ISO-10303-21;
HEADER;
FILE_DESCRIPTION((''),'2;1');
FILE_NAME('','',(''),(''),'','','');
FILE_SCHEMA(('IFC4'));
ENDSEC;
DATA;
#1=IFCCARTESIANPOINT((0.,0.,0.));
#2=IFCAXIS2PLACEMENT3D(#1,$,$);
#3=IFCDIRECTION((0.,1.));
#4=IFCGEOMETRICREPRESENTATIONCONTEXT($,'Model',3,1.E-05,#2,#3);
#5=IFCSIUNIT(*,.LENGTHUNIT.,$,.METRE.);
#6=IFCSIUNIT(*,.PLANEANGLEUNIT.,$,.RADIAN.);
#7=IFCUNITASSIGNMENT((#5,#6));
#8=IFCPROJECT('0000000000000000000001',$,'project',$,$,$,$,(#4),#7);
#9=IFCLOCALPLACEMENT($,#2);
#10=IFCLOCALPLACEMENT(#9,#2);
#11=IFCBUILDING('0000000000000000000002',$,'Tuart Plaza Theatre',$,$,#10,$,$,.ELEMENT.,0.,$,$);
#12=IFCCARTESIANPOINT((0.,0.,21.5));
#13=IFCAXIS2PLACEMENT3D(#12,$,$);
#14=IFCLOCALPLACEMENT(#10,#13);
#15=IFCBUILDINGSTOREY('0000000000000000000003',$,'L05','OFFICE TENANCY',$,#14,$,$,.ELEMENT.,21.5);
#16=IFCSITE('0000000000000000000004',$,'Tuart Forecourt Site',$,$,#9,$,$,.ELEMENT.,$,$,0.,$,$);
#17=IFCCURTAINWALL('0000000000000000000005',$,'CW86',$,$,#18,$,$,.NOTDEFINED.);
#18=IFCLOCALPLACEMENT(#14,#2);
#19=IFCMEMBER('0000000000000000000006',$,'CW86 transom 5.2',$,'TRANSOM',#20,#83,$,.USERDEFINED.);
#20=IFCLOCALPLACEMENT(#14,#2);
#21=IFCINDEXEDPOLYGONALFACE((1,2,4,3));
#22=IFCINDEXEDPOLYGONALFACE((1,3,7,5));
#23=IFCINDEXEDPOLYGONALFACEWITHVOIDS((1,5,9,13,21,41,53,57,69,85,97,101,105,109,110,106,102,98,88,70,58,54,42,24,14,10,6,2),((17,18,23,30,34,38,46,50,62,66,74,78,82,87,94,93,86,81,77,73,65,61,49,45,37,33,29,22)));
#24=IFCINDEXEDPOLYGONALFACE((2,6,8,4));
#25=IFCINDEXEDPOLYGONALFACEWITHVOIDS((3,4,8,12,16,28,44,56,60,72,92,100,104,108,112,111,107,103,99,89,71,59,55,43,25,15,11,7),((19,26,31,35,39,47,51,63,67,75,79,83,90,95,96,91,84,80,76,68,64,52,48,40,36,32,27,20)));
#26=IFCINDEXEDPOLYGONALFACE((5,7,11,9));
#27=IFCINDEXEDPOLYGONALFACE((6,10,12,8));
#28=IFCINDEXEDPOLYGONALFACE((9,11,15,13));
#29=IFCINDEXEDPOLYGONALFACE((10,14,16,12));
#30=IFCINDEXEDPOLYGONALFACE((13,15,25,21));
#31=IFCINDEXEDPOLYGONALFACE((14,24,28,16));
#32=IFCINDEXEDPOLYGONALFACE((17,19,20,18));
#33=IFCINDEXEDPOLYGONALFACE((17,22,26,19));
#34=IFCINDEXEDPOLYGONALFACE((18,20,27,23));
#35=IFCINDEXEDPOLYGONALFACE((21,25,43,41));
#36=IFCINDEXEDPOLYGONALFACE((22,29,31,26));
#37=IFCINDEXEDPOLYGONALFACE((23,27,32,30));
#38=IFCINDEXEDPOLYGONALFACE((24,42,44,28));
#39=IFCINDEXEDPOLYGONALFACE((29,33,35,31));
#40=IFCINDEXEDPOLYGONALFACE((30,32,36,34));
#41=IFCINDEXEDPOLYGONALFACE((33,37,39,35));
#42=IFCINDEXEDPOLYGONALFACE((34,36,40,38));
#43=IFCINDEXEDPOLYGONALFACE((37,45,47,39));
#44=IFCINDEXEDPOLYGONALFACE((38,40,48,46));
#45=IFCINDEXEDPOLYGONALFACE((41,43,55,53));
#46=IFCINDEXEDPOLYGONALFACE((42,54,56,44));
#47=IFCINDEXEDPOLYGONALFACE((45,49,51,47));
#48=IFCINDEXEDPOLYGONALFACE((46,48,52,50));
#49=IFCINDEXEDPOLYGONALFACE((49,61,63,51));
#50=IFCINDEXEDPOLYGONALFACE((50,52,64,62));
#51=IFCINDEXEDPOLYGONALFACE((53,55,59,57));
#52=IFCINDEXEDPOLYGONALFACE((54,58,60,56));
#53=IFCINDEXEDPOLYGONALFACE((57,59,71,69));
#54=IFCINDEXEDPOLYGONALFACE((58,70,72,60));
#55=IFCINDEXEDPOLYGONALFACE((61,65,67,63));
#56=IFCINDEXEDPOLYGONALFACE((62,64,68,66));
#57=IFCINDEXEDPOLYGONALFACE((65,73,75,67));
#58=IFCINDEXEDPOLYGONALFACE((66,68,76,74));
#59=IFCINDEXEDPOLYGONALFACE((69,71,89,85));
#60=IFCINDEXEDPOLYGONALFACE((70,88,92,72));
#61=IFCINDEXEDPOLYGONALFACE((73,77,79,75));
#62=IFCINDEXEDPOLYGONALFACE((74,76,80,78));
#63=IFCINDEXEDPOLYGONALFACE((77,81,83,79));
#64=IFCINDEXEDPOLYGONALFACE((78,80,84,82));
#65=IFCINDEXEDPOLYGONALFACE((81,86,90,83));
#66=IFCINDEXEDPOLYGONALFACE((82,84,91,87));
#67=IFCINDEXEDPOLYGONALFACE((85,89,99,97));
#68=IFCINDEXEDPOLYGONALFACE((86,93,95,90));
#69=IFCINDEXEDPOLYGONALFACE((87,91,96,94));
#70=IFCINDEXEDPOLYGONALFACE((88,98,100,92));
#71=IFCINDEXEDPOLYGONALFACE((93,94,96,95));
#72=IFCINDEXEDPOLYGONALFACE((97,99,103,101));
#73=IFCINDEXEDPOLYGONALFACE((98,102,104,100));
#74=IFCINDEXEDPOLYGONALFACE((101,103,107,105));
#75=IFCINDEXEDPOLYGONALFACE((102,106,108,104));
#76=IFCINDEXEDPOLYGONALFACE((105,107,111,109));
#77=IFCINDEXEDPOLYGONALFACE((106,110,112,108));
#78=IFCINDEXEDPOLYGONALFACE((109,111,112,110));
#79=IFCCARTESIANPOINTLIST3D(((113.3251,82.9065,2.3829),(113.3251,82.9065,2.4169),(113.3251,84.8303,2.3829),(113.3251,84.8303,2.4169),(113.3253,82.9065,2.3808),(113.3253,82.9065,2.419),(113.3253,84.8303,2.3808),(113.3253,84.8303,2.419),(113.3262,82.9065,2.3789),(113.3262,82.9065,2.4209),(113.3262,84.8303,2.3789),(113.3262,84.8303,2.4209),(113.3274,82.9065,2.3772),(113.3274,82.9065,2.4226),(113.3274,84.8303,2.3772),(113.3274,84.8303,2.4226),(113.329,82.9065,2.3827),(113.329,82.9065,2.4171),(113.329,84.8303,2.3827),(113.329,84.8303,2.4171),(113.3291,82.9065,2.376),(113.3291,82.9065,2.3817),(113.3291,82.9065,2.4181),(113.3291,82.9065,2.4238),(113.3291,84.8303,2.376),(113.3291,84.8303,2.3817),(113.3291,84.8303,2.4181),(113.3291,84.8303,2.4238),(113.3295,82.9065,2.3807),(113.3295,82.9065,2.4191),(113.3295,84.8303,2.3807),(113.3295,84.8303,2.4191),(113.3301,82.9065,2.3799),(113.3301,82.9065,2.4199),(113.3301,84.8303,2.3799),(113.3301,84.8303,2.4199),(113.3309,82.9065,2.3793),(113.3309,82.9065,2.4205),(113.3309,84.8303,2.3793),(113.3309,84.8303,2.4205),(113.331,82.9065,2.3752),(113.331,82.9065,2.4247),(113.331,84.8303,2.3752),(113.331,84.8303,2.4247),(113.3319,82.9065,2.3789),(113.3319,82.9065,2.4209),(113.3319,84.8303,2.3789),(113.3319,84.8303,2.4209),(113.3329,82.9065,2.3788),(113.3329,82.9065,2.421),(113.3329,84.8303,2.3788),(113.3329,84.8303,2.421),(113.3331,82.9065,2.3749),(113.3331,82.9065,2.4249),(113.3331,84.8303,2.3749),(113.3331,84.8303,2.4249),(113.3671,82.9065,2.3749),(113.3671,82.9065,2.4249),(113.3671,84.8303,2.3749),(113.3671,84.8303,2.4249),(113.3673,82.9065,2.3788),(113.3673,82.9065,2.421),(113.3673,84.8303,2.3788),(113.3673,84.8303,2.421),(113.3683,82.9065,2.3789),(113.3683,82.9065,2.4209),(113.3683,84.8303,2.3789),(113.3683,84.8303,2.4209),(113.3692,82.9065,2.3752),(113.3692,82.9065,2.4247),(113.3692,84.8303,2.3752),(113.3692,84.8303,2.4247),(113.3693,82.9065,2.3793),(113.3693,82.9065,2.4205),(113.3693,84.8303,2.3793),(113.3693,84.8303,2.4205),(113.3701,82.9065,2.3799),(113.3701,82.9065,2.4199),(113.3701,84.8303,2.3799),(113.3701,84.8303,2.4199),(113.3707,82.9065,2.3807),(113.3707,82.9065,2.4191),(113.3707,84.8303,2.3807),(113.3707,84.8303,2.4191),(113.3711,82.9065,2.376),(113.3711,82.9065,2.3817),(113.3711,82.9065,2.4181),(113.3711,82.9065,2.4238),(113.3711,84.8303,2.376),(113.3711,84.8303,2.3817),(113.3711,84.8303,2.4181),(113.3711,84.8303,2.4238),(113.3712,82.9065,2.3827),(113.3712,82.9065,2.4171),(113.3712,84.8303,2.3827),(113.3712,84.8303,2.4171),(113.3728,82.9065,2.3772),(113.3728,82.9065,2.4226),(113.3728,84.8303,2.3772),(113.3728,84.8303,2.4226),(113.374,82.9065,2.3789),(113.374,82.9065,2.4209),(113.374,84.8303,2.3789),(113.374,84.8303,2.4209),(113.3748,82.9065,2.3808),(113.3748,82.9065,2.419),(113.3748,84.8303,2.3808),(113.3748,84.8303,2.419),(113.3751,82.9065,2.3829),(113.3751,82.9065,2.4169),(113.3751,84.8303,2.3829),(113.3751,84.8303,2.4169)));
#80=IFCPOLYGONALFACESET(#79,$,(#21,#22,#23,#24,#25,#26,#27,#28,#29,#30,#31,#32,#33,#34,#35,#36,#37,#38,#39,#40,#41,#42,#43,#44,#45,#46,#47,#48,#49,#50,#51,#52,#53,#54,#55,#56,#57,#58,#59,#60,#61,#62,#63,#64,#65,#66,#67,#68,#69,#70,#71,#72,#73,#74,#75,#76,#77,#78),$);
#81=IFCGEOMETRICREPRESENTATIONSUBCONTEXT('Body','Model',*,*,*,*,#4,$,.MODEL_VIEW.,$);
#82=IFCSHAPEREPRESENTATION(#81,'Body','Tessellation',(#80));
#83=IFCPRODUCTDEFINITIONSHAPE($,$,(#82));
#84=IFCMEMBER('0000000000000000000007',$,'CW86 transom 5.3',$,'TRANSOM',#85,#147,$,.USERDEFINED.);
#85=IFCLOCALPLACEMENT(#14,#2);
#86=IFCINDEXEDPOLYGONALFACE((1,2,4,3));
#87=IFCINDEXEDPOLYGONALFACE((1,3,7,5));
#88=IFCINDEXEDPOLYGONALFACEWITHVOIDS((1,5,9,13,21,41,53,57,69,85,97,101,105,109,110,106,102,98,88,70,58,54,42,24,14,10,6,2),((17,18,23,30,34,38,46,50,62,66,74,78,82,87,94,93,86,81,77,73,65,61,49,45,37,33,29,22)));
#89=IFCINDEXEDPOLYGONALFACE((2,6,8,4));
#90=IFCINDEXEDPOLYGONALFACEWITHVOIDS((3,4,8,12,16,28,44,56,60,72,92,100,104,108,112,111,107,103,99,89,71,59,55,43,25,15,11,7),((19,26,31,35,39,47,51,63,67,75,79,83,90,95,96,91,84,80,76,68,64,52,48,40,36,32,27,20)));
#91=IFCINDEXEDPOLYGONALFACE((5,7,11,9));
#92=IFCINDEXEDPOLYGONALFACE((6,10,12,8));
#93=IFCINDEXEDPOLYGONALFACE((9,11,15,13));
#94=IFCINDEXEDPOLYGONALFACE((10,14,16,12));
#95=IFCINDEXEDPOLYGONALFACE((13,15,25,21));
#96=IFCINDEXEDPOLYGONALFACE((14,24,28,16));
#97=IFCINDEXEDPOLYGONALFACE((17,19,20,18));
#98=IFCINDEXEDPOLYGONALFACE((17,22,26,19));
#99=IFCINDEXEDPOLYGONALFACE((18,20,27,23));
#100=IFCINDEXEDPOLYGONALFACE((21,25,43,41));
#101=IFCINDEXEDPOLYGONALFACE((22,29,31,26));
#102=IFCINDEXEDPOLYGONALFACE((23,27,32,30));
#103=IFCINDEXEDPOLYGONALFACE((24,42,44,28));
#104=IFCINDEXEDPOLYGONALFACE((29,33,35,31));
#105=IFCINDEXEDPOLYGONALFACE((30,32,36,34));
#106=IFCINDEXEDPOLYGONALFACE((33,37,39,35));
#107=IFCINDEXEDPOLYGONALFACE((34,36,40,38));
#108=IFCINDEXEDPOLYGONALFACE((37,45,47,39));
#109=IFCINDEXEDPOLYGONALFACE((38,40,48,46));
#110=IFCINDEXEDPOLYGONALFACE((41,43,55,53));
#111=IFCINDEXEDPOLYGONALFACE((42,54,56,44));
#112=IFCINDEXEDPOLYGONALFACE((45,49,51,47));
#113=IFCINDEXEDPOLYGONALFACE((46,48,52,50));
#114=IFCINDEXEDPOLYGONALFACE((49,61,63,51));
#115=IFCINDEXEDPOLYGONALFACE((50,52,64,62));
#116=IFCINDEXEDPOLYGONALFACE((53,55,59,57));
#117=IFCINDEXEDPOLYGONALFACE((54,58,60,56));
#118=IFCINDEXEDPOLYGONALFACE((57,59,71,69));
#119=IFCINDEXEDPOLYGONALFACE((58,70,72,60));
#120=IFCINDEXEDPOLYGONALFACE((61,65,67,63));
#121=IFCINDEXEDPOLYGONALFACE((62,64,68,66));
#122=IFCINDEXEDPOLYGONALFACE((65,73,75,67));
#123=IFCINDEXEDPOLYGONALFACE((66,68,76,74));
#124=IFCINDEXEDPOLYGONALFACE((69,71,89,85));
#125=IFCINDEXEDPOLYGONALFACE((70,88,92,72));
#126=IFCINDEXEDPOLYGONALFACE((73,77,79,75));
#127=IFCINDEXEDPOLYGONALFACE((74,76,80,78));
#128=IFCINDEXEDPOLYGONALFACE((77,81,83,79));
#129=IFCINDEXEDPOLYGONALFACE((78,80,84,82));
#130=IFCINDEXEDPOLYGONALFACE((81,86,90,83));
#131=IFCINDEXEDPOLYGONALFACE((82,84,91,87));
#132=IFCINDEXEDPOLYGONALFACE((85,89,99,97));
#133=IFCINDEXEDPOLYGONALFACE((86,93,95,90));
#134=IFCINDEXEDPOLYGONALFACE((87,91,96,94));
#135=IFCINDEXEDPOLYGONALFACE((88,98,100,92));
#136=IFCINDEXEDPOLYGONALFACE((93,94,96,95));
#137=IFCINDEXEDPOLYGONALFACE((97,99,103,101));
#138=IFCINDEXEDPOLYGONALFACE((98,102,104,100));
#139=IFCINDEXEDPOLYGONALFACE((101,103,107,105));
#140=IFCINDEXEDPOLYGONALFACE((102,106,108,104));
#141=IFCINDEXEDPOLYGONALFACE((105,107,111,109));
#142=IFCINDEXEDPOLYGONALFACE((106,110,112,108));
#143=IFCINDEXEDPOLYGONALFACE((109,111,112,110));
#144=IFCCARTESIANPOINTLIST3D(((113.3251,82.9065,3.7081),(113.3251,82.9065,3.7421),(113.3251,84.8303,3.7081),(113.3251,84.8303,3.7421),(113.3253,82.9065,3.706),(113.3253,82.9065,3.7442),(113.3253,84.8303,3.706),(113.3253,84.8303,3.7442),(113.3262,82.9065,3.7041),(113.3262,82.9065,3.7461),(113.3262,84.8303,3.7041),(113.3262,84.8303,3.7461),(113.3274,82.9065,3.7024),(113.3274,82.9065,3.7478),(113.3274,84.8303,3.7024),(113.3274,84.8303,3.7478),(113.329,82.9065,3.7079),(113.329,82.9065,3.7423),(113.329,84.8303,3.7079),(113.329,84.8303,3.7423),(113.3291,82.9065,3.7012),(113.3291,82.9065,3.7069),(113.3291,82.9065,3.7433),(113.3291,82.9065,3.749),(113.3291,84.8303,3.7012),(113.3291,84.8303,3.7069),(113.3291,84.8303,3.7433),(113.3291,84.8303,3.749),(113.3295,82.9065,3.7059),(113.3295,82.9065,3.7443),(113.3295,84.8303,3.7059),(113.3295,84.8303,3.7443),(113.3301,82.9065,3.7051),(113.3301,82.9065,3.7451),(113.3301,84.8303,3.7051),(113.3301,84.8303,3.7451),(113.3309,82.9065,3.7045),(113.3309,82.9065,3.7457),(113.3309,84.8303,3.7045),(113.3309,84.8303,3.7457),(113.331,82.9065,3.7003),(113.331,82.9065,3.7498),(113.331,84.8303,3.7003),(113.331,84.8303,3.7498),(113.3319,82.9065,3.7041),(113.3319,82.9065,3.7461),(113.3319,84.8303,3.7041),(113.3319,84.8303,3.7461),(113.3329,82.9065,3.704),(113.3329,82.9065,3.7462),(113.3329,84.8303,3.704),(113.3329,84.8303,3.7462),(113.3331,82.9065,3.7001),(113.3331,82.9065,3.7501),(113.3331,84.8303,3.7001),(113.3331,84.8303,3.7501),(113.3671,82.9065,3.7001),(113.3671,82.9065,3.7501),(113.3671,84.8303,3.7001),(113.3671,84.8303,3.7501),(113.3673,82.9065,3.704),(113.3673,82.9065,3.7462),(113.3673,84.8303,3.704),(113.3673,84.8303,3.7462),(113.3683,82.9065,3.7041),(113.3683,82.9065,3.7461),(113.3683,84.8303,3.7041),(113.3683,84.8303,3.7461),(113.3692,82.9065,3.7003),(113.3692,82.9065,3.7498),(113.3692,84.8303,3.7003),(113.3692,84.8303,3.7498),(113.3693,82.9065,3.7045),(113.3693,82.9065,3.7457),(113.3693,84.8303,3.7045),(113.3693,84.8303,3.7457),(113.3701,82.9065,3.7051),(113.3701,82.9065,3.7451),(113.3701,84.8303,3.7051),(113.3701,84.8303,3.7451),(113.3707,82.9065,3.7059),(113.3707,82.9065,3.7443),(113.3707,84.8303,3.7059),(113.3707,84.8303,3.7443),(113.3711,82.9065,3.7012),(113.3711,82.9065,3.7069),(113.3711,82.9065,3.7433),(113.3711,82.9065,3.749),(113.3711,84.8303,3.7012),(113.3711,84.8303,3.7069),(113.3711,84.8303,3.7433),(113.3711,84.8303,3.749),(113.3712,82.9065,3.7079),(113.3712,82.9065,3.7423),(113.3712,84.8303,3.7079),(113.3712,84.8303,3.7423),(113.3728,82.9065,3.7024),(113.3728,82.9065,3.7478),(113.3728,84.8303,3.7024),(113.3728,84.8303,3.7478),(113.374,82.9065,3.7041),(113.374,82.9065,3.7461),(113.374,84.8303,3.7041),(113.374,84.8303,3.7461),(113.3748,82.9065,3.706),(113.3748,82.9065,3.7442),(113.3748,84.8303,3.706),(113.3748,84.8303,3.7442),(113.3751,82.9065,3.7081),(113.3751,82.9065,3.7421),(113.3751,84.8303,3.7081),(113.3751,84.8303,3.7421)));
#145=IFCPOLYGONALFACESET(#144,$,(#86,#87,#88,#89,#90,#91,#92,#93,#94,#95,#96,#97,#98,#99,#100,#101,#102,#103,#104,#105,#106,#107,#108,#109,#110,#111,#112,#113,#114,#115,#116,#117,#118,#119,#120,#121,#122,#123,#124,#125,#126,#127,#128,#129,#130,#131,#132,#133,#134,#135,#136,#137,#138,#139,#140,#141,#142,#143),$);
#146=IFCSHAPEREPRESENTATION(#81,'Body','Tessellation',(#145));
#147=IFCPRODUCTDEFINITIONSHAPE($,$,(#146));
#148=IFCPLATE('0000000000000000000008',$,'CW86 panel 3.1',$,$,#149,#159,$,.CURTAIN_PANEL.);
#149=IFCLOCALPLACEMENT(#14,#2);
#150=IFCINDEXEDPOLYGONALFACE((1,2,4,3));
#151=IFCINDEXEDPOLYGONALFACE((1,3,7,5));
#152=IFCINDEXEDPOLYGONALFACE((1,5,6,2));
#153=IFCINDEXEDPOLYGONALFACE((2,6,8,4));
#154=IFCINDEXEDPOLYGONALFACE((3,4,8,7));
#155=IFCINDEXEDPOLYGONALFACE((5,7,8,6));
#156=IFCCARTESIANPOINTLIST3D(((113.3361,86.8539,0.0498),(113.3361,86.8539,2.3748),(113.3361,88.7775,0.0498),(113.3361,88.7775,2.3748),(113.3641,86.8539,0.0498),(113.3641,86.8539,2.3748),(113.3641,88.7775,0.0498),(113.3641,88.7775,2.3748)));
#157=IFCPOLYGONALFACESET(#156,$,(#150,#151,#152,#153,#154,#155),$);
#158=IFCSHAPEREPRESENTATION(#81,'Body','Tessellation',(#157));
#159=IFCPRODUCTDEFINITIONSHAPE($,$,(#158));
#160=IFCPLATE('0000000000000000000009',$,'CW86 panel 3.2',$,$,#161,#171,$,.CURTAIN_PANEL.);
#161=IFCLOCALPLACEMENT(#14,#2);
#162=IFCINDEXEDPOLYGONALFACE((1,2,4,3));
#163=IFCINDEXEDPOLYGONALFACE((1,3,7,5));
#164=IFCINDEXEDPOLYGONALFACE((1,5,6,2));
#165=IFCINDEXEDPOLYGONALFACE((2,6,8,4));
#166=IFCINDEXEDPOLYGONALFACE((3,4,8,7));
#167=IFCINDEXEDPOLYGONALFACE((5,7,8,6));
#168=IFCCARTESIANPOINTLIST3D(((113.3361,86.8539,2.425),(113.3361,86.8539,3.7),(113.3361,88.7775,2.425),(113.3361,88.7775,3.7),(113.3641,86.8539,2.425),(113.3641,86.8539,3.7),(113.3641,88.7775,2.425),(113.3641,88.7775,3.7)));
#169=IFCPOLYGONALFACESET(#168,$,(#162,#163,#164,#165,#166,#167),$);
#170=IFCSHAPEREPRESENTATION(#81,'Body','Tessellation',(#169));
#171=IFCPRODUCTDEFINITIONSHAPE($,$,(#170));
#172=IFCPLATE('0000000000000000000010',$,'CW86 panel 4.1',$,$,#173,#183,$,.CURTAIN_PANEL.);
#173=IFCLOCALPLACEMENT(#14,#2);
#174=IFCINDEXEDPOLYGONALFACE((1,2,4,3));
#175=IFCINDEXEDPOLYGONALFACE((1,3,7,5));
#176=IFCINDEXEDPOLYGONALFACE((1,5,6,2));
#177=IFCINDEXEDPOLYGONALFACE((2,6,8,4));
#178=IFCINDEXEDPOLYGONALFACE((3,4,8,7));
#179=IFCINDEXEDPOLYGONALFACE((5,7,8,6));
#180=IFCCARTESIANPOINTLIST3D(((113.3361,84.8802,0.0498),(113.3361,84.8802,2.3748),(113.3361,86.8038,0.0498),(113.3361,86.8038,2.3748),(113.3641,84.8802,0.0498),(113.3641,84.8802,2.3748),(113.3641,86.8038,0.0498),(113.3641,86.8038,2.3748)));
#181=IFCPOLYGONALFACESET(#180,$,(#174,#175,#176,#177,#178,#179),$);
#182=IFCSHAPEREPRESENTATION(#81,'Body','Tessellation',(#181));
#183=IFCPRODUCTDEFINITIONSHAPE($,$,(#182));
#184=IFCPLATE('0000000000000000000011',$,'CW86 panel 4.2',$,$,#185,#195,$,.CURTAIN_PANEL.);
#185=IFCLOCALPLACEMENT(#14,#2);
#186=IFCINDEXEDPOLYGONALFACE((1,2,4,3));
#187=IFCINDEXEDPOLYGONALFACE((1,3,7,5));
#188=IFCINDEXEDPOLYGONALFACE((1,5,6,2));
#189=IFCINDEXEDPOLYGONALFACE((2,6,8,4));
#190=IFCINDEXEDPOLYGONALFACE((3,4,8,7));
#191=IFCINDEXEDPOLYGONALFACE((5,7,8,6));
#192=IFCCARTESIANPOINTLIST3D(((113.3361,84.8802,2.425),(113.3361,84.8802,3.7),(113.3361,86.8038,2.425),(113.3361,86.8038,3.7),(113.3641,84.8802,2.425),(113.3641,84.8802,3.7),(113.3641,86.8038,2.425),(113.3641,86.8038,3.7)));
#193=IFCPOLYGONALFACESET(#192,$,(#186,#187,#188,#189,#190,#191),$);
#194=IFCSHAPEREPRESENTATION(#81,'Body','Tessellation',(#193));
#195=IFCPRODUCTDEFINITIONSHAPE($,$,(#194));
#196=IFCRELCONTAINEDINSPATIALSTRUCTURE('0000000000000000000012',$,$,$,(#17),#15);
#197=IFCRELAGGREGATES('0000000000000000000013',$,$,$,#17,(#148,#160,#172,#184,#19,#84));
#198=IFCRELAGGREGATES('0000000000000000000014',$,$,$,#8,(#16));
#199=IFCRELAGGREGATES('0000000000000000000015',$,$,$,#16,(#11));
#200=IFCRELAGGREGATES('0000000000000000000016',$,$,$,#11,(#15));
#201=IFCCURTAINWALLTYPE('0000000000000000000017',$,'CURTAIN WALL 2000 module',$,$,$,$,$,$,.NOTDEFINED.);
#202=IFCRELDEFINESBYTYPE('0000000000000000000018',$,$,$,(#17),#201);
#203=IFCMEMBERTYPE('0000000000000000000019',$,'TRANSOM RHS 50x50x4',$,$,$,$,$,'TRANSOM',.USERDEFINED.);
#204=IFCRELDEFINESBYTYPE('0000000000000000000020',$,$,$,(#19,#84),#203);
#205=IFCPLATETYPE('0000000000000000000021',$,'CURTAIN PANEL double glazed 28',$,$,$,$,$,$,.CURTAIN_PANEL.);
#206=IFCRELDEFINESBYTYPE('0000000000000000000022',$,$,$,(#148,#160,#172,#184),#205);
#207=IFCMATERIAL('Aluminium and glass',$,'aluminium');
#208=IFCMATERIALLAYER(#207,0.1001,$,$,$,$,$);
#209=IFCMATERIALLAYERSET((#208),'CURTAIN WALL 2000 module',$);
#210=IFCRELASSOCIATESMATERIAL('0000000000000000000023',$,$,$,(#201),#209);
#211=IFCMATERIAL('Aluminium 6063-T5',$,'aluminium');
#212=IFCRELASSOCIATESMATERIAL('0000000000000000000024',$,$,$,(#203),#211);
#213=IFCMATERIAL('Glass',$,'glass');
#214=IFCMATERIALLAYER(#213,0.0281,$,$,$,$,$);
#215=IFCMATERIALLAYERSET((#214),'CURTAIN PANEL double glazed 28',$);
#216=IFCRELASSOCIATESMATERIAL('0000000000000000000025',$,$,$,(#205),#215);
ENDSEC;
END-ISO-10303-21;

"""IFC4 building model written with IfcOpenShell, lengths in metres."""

from ifc_helpers import new_model, si_unit, direction, frame, origin, origin_2d, place, context, subcontext, project, spatial, rectangle, hollow_rectangle, extrude, material, layer, layer_set, material_profile, profile_set, type_object, element, aggregate, save


model = new_model("IFC4")

# Units and contexts
model_context = context("Model", 3, precision=1e-05, world=origin(), true_north=direction((0.0, 1.0)))
body_context = subcontext(model_context, "Body", "Model", "MODEL_VIEW")
ifc_project = project(units=[si_unit("LENGTHUNIT", "METRE"), si_unit("PLANEANGLEUNIT", "RADIAN")], contexts=[model_context])

# Site, building, storey
site_placement = place(None, origin())
site = spatial("IfcSite", under=ifc_project, at=site_placement, Name="Tuart Forecourt Site", CompositionType="ELEMENT", RefElevation=0.0)
building_placement = place(site_placement, origin())
building = spatial("IfcBuilding", under=site, at=building_placement, Name="Tuart Plaza Theatre", CompositionType="ELEMENT", ElevationOfRefHeight=0.0)
storey_placement = place(building_placement, frame((0.0, 0.0, 21.5)))
storey = spatial("IfcBuildingStorey", under=building, at=storey_placement, Name="L05", Description="OFFICE TENANCY", CompositionType="ELEMENT", Elevation=21.5)

# Curtain wall, members, plates
ifc_material_1 = material(Name="Aluminium and glass", Category="aluminium")
ifc_layer_1 = layer(ifc_material_1, 0.1001)
ifc_layer_set_1 = layer_set([ifc_layer_1], Name="CURTAIN WALL 2000 module")
curtain_wall_type = type_object("IfcCurtainWallType", Name="CURTAIN WALL 2000 module", PredefinedType="NOTDEFINED", material=ifc_layer_set_1)
curtain_wall_placement = place(storey_placement, origin())
curtain_wall = element("IfcCurtainWall", 1, at=curtain_wall_placement, inside=storey, type_object=curtain_wall_type, Name="CW86", PredefinedType="NOTDEFINED")
ifc_material_2 = material(Name="Aluminium 6063-T5", Category="aluminium")
ifc_material_profile_1 = material_profile(ifc_material_2, hollow_rectangle(XDim=0.05, YDim=0.05, WallThickness=0.0039, InnerFilletRadius=0.0039, OuterFilletRadius=0.0081, at=origin_2d()), Name="RHS 50x50x4")
ifc_profile_set_1 = profile_set([ifc_material_profile_1], Name="Aluminium 6063-T5")
member_type_1 = type_object("IfcMemberType", Name="TRANSOM RHS 50x50x4", ElementType="TRANSOM", PredefinedType="USERDEFINED", material=ifc_profile_set_1)
member_1_placement = place(storey_placement, frame((113.3501, 84.8303, 2.3999), z_axis=(0.0, -1.0, 0.0), x_axis=(1.0, 0.0, 0.0)))
member_1 = element("IfcMember", 2, at=member_1_placement, type_object=member_type_1, Name="CW86 transom 5.2", ObjectType="TRANSOM", PredefinedType="USERDEFINED", context=body_context, shape_type="SweptSolid", body=[
    extrude(hollow_rectangle(XDim=0.05, YDim=0.05, WallThickness=0.0039, InnerFilletRadius=0.0039, OuterFilletRadius=0.0081, at=origin_2d()), origin(), (0.0, 0.0, 1.0), 1.9238),
])
member_2_placement = place(storey_placement, frame((113.3501, 84.8303, 3.7251), z_axis=(0.0, -1.0, 0.0), x_axis=(1.0, 0.0, 0.0)))
member_2 = element("IfcMember", 3, at=member_2_placement, type_object=member_type_1, Name="CW86 transom 5.3", ObjectType="TRANSOM", PredefinedType="USERDEFINED", context=body_context, shape_type="SweptSolid", body=[
    extrude(hollow_rectangle(XDim=0.05, YDim=0.05, WallThickness=0.0039, InnerFilletRadius=0.0039, OuterFilletRadius=0.0081, at=origin_2d()), origin(), (0.0, 0.0, 1.0), 1.9238),
])
ifc_material_3 = material(Name="Glass", Category="glass")
ifc_layer_2 = layer(ifc_material_3, 0.0281)
ifc_layer_set_2 = layer_set([ifc_layer_2], Name="CURTAIN PANEL double glazed 28")
plate_type = type_object("IfcPlateType", Name="CURTAIN PANEL double glazed 28", PredefinedType="CURTAIN_PANEL", material=ifc_layer_set_2)
plate_1_placement = place(storey_placement, frame((113.3501, 87.8157, 0.0498), z_axis=(0.0, 0.0, 1.0), x_axis=(0.0, -1.0, 0.0)))
plate_1 = element("IfcPlate", 4, at=plate_1_placement, type_object=plate_type, Name="CW86 panel 3.1", PredefinedType="CURTAIN_PANEL", context=body_context, shape_type="SweptSolid", body=[
    extrude(rectangle(XDim=1.9236, YDim=0.0281, at=origin_2d()), origin(), (0.0, 0.0, 1.0), 2.325),
])
plate_2_placement = place(storey_placement, frame((113.3501, 87.8157, 2.425), z_axis=(0.0, 0.0, 1.0), x_axis=(0.0, -1.0, 0.0)))
plate_2 = element("IfcPlate", 5, at=plate_2_placement, type_object=plate_type, Name="CW86 panel 3.2", PredefinedType="CURTAIN_PANEL", context=body_context, shape_type="SweptSolid", body=[
    extrude(rectangle(XDim=1.9236, YDim=0.0281, at=origin_2d()), origin(), (0.0, 0.0, 1.0), 1.2749),
])
plate_3_placement = place(storey_placement, frame((113.3501, 85.842, 0.0498), z_axis=(0.0, 0.0, 1.0), x_axis=(0.0, -1.0, 0.0)))
plate_3 = element("IfcPlate", 6, at=plate_3_placement, type_object=plate_type, Name="CW86 panel 4.1", PredefinedType="CURTAIN_PANEL", context=body_context, shape_type="SweptSolid", body=[
    extrude(rectangle(XDim=1.9236, YDim=0.0281, at=origin_2d()), origin(), (0.0, 0.0, 1.0), 2.325),
])
plate_4_placement = place(storey_placement, frame((113.3501, 85.842, 2.425), z_axis=(0.0, 0.0, 1.0), x_axis=(0.0, -1.0, 0.0)))
plate_4 = element("IfcPlate", 7, at=plate_4_placement, type_object=plate_type, Name="CW86 panel 4.2", PredefinedType="CURTAIN_PANEL", context=body_context, shape_type="SweptSolid", body=[
    extrude(rectangle(XDim=1.9236, YDim=0.0281, at=origin_2d()), origin(), (0.0, 0.0, 1.0), 1.2749),
])
aggregate(curtain_wall, [plate_1, plate_2, plate_3, plate_4, member_1, member_2])

save(model, "model.ifc")
